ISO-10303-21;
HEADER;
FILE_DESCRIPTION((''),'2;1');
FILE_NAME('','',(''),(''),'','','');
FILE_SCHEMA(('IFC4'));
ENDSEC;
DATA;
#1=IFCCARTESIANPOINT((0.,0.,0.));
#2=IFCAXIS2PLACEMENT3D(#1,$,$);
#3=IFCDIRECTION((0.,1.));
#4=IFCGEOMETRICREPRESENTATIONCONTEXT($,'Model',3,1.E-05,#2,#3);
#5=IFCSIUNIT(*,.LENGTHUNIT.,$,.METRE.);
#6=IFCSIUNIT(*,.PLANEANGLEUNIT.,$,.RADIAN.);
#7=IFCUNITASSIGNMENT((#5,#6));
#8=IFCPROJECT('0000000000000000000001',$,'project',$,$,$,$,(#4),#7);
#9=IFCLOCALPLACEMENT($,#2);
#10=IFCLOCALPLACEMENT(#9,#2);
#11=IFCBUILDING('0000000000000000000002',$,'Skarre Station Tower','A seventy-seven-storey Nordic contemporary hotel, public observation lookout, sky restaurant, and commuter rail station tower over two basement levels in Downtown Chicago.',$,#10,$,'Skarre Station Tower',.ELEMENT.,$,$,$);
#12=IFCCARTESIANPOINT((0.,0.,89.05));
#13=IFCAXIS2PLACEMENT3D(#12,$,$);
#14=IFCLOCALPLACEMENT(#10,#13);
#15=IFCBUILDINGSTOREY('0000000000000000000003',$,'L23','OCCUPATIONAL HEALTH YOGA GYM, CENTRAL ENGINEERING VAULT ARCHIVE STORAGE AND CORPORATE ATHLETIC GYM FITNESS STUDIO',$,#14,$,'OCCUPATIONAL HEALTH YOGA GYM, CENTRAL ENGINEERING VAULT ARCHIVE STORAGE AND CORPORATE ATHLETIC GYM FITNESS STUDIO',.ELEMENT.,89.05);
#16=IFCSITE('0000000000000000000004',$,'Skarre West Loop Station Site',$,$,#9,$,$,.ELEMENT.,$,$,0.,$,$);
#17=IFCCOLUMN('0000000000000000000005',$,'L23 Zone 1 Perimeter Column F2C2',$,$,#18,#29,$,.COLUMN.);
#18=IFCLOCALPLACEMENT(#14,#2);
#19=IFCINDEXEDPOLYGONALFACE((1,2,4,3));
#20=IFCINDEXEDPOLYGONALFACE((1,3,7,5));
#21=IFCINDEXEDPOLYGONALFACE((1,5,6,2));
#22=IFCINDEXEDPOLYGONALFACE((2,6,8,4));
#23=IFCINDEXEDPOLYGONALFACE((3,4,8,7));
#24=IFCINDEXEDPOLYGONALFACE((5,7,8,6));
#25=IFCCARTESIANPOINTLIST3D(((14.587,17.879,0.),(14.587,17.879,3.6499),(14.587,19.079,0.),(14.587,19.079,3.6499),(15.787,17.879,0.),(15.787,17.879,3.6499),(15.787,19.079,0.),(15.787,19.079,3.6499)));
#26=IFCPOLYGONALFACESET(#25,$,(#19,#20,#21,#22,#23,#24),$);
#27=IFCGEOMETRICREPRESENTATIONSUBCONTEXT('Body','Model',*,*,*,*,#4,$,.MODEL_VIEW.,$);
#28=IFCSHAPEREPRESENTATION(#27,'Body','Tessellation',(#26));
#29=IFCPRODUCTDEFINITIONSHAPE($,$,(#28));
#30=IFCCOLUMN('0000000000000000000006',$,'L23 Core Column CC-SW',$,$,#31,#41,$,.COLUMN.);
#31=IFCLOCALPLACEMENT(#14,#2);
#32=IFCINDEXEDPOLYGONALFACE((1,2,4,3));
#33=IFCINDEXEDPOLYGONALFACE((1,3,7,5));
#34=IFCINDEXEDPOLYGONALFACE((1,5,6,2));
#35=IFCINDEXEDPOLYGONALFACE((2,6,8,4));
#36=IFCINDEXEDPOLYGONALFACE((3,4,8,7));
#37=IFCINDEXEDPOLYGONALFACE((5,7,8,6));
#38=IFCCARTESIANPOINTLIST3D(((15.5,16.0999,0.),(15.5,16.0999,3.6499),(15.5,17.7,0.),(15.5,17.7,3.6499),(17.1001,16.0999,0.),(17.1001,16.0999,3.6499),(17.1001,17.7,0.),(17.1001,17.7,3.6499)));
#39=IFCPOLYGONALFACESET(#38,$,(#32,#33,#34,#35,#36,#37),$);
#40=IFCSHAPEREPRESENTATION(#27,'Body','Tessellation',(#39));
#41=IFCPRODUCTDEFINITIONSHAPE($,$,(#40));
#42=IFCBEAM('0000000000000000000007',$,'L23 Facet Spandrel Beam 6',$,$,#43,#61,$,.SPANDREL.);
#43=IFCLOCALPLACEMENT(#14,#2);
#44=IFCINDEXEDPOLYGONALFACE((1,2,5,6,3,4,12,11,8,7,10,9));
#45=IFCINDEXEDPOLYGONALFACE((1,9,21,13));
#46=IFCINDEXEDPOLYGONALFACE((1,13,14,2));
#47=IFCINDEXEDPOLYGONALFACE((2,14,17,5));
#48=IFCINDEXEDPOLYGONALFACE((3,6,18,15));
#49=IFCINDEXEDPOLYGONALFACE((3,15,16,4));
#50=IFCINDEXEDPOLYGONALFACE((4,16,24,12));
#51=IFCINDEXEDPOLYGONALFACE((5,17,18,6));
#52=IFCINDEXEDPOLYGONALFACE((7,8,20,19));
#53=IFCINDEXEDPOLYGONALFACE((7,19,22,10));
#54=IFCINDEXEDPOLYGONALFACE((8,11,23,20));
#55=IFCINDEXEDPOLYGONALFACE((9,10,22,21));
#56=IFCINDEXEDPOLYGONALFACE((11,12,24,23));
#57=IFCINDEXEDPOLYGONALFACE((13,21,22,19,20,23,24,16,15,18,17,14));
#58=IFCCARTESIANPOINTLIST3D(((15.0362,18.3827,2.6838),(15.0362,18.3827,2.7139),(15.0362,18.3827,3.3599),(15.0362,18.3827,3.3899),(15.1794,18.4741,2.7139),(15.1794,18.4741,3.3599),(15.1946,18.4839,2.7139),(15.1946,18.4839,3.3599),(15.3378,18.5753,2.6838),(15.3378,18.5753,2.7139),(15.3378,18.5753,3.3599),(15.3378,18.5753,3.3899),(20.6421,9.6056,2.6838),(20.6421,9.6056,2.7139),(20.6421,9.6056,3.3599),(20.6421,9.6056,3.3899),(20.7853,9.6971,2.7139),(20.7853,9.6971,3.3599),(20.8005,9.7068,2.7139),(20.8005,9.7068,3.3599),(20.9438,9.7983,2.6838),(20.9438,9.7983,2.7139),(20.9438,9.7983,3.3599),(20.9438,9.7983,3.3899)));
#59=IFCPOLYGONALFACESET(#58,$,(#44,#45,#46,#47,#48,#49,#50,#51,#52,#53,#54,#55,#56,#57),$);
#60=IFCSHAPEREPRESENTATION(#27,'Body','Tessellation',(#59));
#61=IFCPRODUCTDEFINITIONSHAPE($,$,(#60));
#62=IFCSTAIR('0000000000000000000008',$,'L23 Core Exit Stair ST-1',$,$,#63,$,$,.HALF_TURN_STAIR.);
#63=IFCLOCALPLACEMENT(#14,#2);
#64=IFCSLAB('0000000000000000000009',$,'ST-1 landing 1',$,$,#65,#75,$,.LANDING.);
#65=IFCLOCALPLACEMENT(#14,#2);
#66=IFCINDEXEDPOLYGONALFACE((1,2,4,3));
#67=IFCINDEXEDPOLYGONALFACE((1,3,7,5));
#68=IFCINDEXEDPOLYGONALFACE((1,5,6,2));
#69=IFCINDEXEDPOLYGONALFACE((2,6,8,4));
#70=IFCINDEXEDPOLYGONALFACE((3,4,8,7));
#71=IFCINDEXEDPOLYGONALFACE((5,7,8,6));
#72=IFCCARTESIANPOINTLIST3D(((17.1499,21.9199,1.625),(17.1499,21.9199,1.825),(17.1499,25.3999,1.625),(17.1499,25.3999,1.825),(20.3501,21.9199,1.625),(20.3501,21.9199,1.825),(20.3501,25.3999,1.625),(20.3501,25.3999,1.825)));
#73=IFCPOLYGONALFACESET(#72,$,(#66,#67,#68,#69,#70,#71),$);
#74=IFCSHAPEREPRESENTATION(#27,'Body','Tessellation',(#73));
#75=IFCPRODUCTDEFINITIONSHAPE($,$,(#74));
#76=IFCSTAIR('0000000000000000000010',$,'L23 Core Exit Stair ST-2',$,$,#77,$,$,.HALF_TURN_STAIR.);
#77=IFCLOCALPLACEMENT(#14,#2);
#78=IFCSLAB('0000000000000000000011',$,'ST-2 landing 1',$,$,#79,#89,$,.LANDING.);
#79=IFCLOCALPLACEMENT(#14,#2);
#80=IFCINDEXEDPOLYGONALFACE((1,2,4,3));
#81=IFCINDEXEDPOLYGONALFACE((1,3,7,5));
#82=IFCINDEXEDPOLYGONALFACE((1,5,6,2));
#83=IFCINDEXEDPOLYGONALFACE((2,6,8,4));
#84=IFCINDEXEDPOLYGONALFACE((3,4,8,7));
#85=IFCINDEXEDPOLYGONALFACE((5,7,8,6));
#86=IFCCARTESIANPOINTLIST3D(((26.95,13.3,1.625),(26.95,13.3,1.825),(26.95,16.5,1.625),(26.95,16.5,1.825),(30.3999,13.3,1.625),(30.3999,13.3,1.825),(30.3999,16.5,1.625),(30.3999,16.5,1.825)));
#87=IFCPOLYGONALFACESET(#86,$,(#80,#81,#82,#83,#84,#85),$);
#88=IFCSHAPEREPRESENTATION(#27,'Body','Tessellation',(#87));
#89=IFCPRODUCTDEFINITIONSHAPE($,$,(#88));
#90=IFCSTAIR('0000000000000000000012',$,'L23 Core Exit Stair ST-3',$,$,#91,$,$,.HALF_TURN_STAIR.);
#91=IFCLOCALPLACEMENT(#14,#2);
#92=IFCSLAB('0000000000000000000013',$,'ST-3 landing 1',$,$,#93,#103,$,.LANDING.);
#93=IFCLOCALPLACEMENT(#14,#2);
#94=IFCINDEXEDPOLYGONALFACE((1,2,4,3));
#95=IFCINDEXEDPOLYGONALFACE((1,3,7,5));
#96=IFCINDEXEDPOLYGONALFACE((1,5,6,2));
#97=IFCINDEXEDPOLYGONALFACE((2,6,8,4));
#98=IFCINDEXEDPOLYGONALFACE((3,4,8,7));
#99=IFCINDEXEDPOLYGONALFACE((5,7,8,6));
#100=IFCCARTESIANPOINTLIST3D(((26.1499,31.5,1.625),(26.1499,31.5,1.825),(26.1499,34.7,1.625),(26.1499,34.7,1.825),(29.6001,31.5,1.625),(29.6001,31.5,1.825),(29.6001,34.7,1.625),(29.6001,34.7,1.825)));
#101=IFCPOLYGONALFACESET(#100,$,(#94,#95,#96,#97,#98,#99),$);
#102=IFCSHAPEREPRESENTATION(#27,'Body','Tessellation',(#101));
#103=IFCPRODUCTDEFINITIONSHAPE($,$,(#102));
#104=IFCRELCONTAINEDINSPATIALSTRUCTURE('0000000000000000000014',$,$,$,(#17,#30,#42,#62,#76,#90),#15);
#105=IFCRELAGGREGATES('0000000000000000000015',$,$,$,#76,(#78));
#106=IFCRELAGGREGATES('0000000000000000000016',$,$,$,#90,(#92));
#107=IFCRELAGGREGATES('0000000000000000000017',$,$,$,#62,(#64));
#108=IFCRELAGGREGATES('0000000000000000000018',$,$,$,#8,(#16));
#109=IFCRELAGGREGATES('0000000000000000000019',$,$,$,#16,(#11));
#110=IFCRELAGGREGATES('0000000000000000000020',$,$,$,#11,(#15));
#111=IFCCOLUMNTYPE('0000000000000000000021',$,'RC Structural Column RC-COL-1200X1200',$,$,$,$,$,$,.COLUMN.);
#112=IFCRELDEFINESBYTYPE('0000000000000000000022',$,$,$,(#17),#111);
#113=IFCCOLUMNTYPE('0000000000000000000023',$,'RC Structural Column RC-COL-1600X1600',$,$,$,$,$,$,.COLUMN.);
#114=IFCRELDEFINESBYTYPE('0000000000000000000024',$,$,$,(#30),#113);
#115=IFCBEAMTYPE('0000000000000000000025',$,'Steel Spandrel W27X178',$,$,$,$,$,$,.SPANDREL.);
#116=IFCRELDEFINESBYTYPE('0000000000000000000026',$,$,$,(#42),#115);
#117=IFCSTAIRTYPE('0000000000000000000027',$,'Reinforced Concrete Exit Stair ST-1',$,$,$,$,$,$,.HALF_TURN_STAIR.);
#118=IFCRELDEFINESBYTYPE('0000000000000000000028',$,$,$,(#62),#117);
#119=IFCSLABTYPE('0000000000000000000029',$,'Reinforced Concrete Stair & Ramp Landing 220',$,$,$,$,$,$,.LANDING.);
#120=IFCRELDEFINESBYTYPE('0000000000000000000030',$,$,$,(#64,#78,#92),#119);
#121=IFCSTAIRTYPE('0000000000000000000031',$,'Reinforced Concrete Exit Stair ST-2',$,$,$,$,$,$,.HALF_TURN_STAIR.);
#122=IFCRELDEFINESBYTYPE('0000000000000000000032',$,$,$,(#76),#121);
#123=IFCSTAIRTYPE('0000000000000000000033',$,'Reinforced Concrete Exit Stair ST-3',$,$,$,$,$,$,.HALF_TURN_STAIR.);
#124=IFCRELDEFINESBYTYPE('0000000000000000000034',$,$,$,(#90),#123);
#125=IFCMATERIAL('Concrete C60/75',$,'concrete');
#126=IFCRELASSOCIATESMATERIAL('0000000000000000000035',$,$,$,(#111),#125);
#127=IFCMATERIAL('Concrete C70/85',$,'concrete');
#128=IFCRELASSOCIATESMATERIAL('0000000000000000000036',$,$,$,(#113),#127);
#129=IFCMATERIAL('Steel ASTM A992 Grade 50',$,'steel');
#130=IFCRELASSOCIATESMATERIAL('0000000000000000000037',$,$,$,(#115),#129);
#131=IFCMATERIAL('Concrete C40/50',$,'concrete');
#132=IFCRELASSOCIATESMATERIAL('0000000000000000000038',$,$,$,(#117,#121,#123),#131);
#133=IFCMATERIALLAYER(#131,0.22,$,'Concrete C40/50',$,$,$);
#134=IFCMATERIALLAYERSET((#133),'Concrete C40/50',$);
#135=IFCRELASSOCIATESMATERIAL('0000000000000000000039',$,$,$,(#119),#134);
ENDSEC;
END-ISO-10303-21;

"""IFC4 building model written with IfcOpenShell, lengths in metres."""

from ifc_helpers import new_model, si_unit, direction, frame, origin, origin_2d, place, context, subcontext, project, spatial, polyline, rectangle, i_section, outline, extrude, material, layer, layer_set, material_profile, profile_set, type_object, element, aggregate, save


model = new_model("IFC4")

# Units and contexts
model_context = context("Model", 3, precision=1e-05, world=origin(), true_north=direction((0.0, 1.0)))
body_context = subcontext(model_context, "Body", "Model", "MODEL_VIEW")
ifc_project = project(units=[si_unit("LENGTHUNIT", "METRE"), si_unit("PLANEANGLEUNIT", "RADIAN")], contexts=[model_context])

# Site, building, storey
site_placement = place(None, origin())
site = spatial("IfcSite", under=ifc_project, at=site_placement, Name="Skarre West Loop Station Site", CompositionType="ELEMENT", RefElevation=0.0)
building_placement = place(site_placement, origin())
building = spatial("IfcBuilding", under=site, at=building_placement, Name="Skarre Station Tower", Description="A seventy-seven-storey Nordic contemporary hotel, public observation lookout, sky restaurant, and commuter rail station tower over two basement levels in Downtown Chicago.", LongName="Skarre Station Tower", CompositionType="ELEMENT")
storey_placement = place(building_placement, frame((0.0, 0.0, 89.05)))
storey = spatial("IfcBuildingStorey", under=building, at=storey_placement, Name="L23", Description="OCCUPATIONAL HEALTH YOGA GYM, CENTRAL ENGINEERING VAULT ARCHIVE STORAGE AND CORPORATE ATHLETIC GYM FITNESS STUDIO", LongName="OCCUPATIONAL HEALTH YOGA GYM, CENTRAL ENGINEERING VAULT ARCHIVE STORAGE AND CORPORATE ATHLETIC GYM FITNESS STUDIO", CompositionType="ELEMENT", Elevation=89.05)

# Columns
ifc_material_1 = material(Name="Concrete C60/75", Category="concrete")
ifc_material_profile_1 = material_profile(ifc_material_1, rectangle(XDim=1.2, YDim=1.2, at=origin_2d()), Name="Concrete C60/75")
ifc_profile_set_1 = profile_set([ifc_material_profile_1], Name="Concrete C60/75")
column_type_1 = type_object("IfcColumnType", Name="RC Structural Column RC-COL-1200X1200", PredefinedType="COLUMN", material=ifc_profile_set_1)
column_1_placement = place(storey_placement, frame((15.187, 18.479, 0.0), z_axis=(0.0, 0.0, 1.0), x_axis=(1.0, 0.0, 0.0)))
element("IfcColumn", 1, at=column_1_placement, inside=storey, type_object=column_type_1, Name="L23 Zone 1 Perimeter Column F2C2", PredefinedType="COLUMN", context=body_context, shape_type="SweptSolid", body=[
    extrude(rectangle(XDim=1.2, YDim=1.2, at=origin_2d()), origin(), (0.0, 0.0, 1.0), 3.6499),
])
ifc_material_2 = material(Name="Concrete C70/85", Category="concrete")
ifc_material_profile_2 = material_profile(ifc_material_2, rectangle(XDim=1.6001, YDim=1.6001, at=origin_2d()), Name="Concrete C70/85")
ifc_profile_set_2 = profile_set([ifc_material_profile_2], Name="Concrete C70/85")
column_type_2 = type_object("IfcColumnType", Name="RC Structural Column RC-COL-1600X1600", PredefinedType="COLUMN", material=ifc_profile_set_2)
column_2_placement = place(storey_placement, frame((16.3, 16.8999, 0.0), z_axis=(0.0, 0.0, 1.0), x_axis=(1.0, 0.0, 0.0)))
element("IfcColumn", 2, at=column_2_placement, inside=storey, type_object=column_type_2, Name="L23 Core Column CC-SW", PredefinedType="COLUMN", context=body_context, shape_type="SweptSolid", body=[
    extrude(rectangle(XDim=1.6001, YDim=1.6001, at=origin_2d()), origin(), (0.0, 0.0, 1.0), 3.6499),
])

# Beam
ifc_material_3 = material(Name="Steel ASTM A992 Grade 50", Category="steel")
ifc_material_profile_3 = material_profile(ifc_material_3, i_section(OverallWidth=0.3579, OverallDepth=0.7061, WebThickness=0.0181, FlangeThickness=0.03, at=origin_2d()), Name="Steel ASTM A992 Grade 50")
ifc_profile_set_3 = profile_set([ifc_material_profile_3], Name="Steel ASTM A992 Grade 50")
beam_type = type_object("IfcBeamType", Name="Steel Spandrel W27X178", PredefinedType="SPANDREL", material=ifc_profile_set_3)
beam_placement = place(storey_placement, frame((15.187, 18.479, 3.0369), z_axis=(0.538278, -0.842767, 0.0), x_axis=(0.842767, 0.538278, 0.0)))
element("IfcBeam", 3, at=beam_placement, inside=storey, type_object=beam_type, Name="L23 Facet Spandrel Beam 6", PredefinedType="SPANDREL", context=body_context, shape_type="SweptSolid", body=[
    extrude(i_section(OverallWidth=0.3579, OverallDepth=0.7061, WebThickness=0.0181, FlangeThickness=0.03, at=origin_2d()), origin(), (0.0, 0.0, 1.0), 10.4146),
])

# Stairs, slabs
ifc_material_4 = material(Name="Concrete C40/50", Category="concrete")
stair_type_1 = type_object("IfcStairType", Name="Reinforced Concrete Exit Stair ST-1", PredefinedType="HALF_TURN_STAIR", material=ifc_material_4)
stair_1_placement = place(storey_placement, origin())
stair_1 = element("IfcStair", 4, at=stair_1_placement, inside=storey, type_object=stair_type_1, Name="L23 Core Exit Stair ST-1", PredefinedType="HALF_TURN_STAIR")
ifc_layer_1 = layer(ifc_material_4, 0.22, Name="Concrete C40/50")
ifc_layer_set_1 = layer_set([ifc_layer_1], Name="Concrete C40/50")
slab_type_1 = type_object("IfcSlabType", Name="Reinforced Concrete Stair & Ramp Landing 220", PredefinedType="LANDING", material=ifc_layer_set_1)
slab_1_placement = place(storey_placement, frame((0.0, 0.0, 1.625)))
slab_1 = element("IfcSlab", 5, at=slab_1_placement, type_object=slab_type_1, Name="ST-1 landing 1", PredefinedType="LANDING", context=body_context, shape_type="SweptSolid", body=[
    extrude(outline(polyline([(20.3501, 21.9199), (20.3501, 25.3999), (17.1499, 25.3999), (17.1499, 21.9199), (20.3501, 21.9199)])), origin(), (0.0, 0.0, 1.0), 0.2),
])
stair_type_2 = type_object("IfcStairType", Name="Reinforced Concrete Exit Stair ST-2", PredefinedType="HALF_TURN_STAIR", material=ifc_material_4)
stair_2_placement = place(storey_placement, origin())
stair_2 = element("IfcStair", 6, at=stair_2_placement, inside=storey, type_object=stair_type_2, Name="L23 Core Exit Stair ST-2", PredefinedType="HALF_TURN_STAIR")
slab_2_placement = place(storey_placement, frame((0.0, 0.0, 1.625)))
slab_2 = element("IfcSlab", 7, at=slab_2_placement, type_object=slab_type_1, Name="ST-2 landing 1", PredefinedType="LANDING", context=body_context, shape_type="SweptSolid", body=[
    extrude(outline(polyline([(26.95, 13.3), (30.3999, 13.3), (30.3999, 16.5), (26.95, 16.5), (26.95, 13.3)])), origin(), (0.0, 0.0, 1.0), 0.2),
])
aggregate(stair_2, [slab_2])
stair_type_3 = type_object("IfcStairType", Name="Reinforced Concrete Exit Stair ST-3", PredefinedType="HALF_TURN_STAIR", material=ifc_material_4)
stair_3_placement = place(storey_placement, origin())
stair_3 = element("IfcStair", 8, at=stair_3_placement, inside=storey, type_object=stair_type_3, Name="L23 Core Exit Stair ST-3", PredefinedType="HALF_TURN_STAIR")
slab_3_placement = place(storey_placement, frame((0.0, 0.0, 1.625)))
slab_3 = element("IfcSlab", 9, at=slab_3_placement, type_object=slab_type_1, Name="ST-3 landing 1", PredefinedType="LANDING", context=body_context, shape_type="SweptSolid", body=[
    extrude(outline(polyline([(26.1499, 31.5), (29.6001, 31.5), (29.6001, 34.7), (26.1499, 34.7), (26.1499, 31.5)])), origin(), (0.0, 0.0, 1.0), 0.2),
])
aggregate(stair_3, [slab_3])

aggregate(stair_1, [slab_1])

save(model, "model.ifc")
